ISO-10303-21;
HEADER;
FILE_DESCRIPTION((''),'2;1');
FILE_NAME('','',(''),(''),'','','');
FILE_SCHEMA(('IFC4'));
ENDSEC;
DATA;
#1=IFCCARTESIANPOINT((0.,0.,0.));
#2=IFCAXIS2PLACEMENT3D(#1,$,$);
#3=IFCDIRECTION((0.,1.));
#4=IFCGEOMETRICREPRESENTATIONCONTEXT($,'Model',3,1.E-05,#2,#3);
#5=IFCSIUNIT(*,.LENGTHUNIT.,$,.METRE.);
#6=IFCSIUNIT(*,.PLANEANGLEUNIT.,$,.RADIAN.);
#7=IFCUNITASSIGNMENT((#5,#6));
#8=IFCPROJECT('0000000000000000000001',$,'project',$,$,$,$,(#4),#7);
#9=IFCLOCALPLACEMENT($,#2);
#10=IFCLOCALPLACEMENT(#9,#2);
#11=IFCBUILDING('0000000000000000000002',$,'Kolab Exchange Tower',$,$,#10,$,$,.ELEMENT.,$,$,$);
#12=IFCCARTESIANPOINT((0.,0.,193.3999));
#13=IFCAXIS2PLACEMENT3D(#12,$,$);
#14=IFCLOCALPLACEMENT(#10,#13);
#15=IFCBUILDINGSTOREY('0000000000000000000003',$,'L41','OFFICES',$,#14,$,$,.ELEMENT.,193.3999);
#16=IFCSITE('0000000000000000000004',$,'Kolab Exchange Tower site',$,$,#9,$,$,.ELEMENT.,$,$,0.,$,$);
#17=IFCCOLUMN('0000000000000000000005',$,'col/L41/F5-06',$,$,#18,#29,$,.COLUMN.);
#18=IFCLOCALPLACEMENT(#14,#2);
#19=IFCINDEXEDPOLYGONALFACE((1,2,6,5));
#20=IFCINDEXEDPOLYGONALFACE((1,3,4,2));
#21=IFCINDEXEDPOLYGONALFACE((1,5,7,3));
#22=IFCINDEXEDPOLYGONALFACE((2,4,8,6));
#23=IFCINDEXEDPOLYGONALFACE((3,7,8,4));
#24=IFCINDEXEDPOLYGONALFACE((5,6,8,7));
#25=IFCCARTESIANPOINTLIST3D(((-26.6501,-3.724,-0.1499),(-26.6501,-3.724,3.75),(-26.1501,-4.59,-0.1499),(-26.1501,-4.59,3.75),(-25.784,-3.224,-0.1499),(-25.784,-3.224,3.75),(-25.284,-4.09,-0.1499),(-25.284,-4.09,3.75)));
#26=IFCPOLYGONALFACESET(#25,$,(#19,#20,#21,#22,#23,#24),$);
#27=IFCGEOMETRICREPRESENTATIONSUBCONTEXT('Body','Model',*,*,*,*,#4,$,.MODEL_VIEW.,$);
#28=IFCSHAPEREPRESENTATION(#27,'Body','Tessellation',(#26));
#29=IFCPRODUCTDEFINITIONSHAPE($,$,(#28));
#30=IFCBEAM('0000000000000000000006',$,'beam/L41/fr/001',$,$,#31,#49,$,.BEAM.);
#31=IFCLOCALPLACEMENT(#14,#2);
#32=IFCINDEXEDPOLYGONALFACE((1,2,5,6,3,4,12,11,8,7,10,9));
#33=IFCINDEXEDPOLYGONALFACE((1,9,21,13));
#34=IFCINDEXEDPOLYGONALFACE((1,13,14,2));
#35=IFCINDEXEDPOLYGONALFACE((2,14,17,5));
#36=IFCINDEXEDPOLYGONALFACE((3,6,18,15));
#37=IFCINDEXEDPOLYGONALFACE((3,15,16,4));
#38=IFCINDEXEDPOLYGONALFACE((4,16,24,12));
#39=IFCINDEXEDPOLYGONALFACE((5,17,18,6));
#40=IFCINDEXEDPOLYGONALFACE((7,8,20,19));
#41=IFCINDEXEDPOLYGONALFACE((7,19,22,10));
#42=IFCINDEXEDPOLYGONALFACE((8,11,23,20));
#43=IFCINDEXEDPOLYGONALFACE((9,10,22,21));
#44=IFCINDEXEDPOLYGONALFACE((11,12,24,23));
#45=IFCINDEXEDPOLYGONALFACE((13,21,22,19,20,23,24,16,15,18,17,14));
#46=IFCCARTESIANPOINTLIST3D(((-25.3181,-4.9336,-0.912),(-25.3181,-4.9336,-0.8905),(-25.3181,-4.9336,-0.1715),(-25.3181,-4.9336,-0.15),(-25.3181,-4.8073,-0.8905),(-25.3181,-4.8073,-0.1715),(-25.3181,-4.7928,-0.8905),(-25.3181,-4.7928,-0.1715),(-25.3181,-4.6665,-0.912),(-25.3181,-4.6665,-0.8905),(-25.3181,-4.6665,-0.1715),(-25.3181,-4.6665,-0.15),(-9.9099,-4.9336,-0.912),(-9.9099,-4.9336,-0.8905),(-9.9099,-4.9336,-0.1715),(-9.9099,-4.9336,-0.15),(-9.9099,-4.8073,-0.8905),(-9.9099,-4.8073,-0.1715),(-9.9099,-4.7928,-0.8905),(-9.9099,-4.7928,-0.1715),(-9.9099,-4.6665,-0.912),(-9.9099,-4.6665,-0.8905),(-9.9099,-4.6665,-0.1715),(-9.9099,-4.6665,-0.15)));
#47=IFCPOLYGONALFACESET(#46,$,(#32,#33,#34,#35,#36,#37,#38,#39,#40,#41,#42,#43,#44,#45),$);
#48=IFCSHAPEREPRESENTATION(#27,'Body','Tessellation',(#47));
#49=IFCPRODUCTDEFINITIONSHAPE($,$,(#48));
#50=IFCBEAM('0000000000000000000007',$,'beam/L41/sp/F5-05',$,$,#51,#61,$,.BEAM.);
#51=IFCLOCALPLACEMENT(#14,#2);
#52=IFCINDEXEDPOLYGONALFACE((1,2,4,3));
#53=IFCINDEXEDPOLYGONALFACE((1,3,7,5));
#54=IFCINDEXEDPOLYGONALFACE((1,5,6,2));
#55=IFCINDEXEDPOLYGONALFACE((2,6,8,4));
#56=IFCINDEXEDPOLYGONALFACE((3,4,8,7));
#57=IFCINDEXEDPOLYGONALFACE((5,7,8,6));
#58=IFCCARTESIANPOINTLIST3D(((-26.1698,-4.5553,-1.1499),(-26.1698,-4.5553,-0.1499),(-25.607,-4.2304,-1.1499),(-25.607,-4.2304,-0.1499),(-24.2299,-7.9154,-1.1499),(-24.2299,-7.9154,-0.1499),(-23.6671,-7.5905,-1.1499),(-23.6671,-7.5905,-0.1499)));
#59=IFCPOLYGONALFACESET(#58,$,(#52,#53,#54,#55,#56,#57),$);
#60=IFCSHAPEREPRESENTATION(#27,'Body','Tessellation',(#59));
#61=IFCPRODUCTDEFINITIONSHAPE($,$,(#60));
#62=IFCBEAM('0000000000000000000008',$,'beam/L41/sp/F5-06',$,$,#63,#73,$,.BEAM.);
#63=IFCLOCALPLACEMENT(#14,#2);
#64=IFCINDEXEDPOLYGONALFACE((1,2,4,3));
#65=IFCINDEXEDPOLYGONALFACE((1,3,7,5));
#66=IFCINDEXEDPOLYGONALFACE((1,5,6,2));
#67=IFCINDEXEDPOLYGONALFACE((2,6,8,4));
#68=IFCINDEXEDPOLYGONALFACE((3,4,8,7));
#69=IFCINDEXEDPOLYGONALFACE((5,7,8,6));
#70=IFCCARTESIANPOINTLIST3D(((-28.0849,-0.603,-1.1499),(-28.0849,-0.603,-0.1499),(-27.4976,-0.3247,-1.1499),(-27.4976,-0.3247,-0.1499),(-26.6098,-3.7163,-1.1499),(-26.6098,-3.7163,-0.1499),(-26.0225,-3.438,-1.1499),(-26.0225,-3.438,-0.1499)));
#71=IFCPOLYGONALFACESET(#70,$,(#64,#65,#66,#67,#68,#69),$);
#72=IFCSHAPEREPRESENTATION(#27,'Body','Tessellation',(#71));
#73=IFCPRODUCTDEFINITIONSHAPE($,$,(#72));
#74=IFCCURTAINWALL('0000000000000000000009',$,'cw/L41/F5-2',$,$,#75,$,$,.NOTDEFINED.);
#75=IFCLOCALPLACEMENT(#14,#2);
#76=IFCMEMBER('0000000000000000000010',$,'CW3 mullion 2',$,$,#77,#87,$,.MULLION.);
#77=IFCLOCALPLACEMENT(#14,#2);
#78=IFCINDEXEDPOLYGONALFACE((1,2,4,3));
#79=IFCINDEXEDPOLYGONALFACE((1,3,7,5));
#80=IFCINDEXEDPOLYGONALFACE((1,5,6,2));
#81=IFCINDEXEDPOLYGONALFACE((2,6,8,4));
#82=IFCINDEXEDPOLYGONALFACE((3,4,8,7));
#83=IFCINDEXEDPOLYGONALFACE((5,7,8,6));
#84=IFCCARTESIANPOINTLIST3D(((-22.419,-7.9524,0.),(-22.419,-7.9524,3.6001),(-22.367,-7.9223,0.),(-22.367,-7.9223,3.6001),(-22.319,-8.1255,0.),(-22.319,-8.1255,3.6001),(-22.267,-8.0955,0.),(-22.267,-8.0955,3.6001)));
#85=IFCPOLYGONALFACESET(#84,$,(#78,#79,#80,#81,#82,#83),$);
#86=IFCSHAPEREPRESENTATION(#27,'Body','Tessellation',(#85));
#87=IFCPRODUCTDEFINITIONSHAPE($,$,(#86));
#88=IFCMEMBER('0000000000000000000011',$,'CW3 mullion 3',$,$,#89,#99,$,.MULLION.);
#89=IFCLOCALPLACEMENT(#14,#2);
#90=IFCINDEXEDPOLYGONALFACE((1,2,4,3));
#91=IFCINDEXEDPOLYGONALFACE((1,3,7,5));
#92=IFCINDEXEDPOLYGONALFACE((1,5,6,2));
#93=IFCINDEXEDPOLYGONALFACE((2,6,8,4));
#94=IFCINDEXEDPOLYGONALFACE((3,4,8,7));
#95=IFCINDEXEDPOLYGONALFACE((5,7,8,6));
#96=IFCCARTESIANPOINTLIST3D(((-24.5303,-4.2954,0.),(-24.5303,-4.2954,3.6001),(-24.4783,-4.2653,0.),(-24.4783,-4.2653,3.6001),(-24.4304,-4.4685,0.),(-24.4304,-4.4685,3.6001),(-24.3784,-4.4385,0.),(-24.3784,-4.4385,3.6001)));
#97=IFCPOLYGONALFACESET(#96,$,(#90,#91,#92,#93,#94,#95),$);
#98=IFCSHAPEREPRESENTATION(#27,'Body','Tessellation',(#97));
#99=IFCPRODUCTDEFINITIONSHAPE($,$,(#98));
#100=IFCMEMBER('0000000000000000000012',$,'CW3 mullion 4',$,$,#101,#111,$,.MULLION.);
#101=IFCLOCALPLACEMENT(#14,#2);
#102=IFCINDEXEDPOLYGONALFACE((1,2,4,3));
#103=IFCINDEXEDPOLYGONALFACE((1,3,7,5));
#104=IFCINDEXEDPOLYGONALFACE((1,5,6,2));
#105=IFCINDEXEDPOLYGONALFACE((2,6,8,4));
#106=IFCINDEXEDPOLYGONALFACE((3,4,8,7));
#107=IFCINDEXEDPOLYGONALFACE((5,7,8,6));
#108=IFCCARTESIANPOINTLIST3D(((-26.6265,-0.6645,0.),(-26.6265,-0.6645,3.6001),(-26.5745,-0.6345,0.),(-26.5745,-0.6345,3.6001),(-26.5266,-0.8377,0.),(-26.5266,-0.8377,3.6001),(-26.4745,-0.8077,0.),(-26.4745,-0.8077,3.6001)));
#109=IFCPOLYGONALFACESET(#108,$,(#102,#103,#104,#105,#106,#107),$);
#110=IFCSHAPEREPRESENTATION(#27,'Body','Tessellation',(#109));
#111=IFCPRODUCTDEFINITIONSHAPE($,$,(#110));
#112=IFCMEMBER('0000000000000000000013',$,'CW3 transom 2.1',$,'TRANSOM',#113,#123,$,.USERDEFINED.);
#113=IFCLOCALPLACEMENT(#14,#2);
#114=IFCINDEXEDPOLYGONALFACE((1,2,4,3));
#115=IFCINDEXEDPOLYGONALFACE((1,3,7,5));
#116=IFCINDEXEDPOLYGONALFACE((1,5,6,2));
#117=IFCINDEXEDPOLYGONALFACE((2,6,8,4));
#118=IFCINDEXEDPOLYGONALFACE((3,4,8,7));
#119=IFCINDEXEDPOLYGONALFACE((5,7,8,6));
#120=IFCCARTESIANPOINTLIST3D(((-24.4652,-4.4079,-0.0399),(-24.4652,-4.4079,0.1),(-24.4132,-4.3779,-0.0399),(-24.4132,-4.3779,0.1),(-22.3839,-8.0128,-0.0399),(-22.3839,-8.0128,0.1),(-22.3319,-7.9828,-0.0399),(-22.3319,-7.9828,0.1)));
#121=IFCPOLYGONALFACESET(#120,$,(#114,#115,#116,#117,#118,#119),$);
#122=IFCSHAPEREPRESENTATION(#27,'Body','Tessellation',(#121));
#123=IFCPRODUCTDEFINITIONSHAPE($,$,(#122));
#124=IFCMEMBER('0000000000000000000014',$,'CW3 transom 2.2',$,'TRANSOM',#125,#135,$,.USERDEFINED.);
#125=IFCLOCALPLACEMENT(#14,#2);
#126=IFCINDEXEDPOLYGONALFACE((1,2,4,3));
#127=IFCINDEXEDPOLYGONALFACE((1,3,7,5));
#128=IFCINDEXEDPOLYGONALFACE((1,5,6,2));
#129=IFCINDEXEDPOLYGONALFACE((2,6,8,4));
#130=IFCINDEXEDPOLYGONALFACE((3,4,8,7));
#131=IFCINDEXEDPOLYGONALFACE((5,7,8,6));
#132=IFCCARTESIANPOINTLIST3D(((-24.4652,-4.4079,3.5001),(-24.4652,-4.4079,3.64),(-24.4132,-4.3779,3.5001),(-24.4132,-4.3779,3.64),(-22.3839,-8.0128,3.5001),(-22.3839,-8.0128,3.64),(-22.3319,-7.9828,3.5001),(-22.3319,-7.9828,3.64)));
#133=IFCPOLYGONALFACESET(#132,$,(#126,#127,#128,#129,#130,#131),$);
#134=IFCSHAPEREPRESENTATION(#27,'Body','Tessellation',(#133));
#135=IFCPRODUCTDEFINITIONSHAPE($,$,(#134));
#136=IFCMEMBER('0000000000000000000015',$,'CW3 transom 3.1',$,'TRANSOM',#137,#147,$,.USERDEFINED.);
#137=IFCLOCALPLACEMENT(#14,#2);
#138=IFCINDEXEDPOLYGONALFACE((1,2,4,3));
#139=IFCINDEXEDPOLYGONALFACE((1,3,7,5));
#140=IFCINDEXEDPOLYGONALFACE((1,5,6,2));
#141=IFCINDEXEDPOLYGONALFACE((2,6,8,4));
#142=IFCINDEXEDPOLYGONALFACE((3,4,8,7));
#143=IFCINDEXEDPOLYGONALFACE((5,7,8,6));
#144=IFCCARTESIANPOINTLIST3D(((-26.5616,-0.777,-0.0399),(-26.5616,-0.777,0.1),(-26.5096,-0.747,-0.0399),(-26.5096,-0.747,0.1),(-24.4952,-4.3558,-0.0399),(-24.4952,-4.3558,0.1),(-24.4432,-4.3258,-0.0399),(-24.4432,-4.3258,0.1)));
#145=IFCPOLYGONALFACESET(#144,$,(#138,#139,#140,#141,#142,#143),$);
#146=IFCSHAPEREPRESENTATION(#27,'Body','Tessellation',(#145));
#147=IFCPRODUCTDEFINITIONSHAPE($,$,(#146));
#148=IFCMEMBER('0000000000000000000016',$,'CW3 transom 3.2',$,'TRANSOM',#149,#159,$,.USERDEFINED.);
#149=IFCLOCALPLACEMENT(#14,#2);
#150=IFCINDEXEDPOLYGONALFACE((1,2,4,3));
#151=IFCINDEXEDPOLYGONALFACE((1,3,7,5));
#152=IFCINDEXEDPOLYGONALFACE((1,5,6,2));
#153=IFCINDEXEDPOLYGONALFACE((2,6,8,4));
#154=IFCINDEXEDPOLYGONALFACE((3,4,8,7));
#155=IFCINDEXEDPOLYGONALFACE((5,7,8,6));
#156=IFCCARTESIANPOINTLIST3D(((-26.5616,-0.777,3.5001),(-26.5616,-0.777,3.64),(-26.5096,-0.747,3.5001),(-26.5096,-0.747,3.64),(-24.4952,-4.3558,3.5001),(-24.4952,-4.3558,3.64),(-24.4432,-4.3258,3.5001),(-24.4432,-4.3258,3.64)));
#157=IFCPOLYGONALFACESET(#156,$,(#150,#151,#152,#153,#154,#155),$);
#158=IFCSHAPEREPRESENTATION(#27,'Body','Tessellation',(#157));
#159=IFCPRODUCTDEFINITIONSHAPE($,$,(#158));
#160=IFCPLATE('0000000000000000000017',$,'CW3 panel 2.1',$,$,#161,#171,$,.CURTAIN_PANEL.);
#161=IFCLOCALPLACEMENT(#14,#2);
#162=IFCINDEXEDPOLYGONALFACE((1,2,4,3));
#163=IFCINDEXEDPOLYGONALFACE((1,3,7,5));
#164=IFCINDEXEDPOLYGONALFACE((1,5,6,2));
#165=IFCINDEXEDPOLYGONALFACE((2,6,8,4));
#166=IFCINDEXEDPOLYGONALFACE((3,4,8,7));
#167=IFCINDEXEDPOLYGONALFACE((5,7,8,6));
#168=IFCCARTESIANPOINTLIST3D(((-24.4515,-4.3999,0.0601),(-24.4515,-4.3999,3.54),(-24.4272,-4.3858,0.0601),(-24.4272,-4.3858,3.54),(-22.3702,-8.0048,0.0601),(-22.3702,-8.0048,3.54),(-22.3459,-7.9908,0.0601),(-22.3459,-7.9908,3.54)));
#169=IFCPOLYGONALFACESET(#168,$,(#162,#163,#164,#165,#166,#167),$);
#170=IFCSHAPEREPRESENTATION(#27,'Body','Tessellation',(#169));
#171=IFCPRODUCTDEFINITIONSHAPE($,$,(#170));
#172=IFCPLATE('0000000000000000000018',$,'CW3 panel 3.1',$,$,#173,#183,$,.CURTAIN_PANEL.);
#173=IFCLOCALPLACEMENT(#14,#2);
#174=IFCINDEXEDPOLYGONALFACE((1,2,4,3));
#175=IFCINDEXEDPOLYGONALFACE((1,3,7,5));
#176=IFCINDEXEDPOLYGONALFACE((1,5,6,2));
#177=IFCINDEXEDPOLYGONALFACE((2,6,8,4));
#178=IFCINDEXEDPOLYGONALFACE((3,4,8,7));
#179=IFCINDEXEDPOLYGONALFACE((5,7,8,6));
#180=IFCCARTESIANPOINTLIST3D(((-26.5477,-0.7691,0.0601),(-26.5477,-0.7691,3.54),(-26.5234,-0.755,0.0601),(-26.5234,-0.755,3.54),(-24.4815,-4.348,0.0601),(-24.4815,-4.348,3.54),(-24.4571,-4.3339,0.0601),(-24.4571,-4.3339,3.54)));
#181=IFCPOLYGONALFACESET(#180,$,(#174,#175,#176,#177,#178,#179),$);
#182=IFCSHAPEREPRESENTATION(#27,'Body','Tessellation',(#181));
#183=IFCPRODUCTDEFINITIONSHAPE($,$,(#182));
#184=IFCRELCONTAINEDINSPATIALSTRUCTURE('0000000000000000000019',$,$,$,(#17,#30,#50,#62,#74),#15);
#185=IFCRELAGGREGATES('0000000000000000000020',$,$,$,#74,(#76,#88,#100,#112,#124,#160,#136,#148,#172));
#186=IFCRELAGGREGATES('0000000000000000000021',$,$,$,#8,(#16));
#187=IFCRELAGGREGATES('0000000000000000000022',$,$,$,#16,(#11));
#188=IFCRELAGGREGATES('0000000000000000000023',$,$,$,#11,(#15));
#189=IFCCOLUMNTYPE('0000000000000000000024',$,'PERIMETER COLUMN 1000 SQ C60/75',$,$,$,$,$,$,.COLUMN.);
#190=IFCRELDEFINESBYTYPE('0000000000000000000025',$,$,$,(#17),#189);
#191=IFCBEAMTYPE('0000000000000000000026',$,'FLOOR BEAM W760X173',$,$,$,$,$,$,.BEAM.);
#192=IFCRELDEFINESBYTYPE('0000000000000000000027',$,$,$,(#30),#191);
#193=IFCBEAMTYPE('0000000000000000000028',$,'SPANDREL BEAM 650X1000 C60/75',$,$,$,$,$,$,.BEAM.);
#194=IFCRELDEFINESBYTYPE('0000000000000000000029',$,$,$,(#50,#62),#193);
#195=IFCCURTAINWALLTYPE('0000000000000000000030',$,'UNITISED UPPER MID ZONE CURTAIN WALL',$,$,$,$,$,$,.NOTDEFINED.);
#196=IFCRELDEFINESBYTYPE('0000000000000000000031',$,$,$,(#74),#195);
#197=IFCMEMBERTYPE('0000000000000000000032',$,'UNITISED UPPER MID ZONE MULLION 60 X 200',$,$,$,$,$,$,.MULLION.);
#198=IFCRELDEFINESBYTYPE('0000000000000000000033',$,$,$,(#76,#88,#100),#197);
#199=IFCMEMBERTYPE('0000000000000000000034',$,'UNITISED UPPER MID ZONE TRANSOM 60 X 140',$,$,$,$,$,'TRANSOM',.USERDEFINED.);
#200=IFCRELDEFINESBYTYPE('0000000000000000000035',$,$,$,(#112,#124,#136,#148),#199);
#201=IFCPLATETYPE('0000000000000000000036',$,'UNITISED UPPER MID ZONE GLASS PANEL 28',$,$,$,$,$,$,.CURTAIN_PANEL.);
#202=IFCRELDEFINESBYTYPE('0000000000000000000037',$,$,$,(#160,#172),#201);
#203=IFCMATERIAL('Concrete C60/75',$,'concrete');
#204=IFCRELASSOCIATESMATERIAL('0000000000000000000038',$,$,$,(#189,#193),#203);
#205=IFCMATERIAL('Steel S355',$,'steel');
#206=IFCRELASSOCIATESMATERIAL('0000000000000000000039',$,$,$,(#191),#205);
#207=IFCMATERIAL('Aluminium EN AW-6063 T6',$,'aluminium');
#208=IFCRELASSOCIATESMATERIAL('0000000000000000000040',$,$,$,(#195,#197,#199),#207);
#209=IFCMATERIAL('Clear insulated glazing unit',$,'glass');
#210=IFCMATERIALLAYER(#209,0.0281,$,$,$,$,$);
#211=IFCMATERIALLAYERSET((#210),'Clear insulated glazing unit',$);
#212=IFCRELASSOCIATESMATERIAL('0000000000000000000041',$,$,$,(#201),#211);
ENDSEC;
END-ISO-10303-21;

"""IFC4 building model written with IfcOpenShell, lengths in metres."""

from ifc_helpers import new_model, si_unit, direction, frame, origin, origin_2d, place, context, subcontext, project, spatial, rectangle, i_section, extrude, material, layer, layer_set, material_profile, profile_set, type_object, element, aggregate, save


model = new_model("IFC4")

# Units and contexts
model_context = context("Model", 3, precision=1e-05, world=origin(), true_north=direction((0.0, 1.0)))
body_context = subcontext(model_context, "Body", "Model", "MODEL_VIEW")
ifc_project = project(units=[si_unit("LENGTHUNIT", "METRE"), si_unit("PLANEANGLEUNIT", "RADIAN")], contexts=[model_context])

# Site, building, storey
site_placement = place(None, origin())
site = spatial("IfcSite", under=ifc_project, at=site_placement, Name="Kolab Exchange Tower site", CompositionType="ELEMENT", RefElevation=0.0)
building_placement = place(site_placement, origin())
building = spatial("IfcBuilding", under=site, at=building_placement, Name="Kolab Exchange Tower", CompositionType="ELEMENT")
storey_placement = place(building_placement, frame((0.0, 0.0, 193.3999)))
storey = spatial("IfcBuildingStorey", under=building, at=storey_placement, Name="L41", Description="OFFICES", CompositionType="ELEMENT", Elevation=193.3999)

# Column
ifc_material_1 = material(Name="Concrete C60/75", Category="concrete")
ifc_material_profile_1 = material_profile(ifc_material_1, rectangle(XDim=1.0, YDim=1.0, at=origin_2d()), Name="RC1000")
ifc_profile_set_1 = profile_set([ifc_material_profile_1], Name="Concrete C60/75")
column_type = type_object("IfcColumnType", Name="PERIMETER COLUMN 1000 SQ C60/75", PredefinedType="COLUMN", material=ifc_profile_set_1)
column_placement = place(storey_placement, frame((-25.967, -3.907, -0.1499), z_axis=(0.0, 0.0, 1.0), x_axis=(0.866025, 0.5, 0.0)))
element("IfcColumn", 1, at=column_placement, inside=storey, type_object=column_type, Name="col/L41/F5-06", PredefinedType="COLUMN", context=body_context, shape_type="SweptSolid", body=[
    extrude(rectangle(XDim=1.0, YDim=1.0, at=origin_2d()), origin(), (0.0, 0.0, 1.0), 3.8999),
])

# Beams
ifc_material_2 = material(Name="Steel S355", Category="steel")
ifc_material_profile_2 = material_profile(ifc_material_2, i_section(OverallWidth=0.2671, OverallDepth=0.762, WebThickness=0.0144, FlangeThickness=0.0215, at=origin_2d()), Name="W760X173")
ifc_profile_set_2 = profile_set([ifc_material_profile_2], Name="Steel S355")
beam_type_1 = type_object("IfcBeamType", Name="FLOOR BEAM W760X173", PredefinedType="BEAM", material=ifc_profile_set_2)
beam_1_placement = place(storey_placement, frame((-25.3181, -4.8, -0.531), z_axis=(1.0, 0.0, 0.0), x_axis=(0.0, 1.0, 0.0)))
element("IfcBeam", 2, at=beam_1_placement, inside=storey, type_object=beam_type_1, Name="beam/L41/fr/001", PredefinedType="BEAM", context=body_context, shape_type="SweptSolid", body=[
    extrude(i_section(OverallWidth=0.2671, OverallDepth=0.762, WebThickness=0.0144, FlangeThickness=0.0215, at=origin_2d()), origin(), (0.0, 0.0, 1.0), 15.4082),
])
ifc_material_profile_3 = material_profile(ifc_material_1, rectangle(XDim=0.6499, YDim=1.0, at=origin_2d()), Name="RC650X1000")
ifc_profile_set_3 = profile_set([ifc_material_profile_3], Name="Concrete C60/75")
beam_type_2 = type_object("IfcBeamType", Name="SPANDREL BEAM 650X1000 C60/75", PredefinedType="BEAM", material=ifc_profile_set_3)
beam_2_placement = place(storey_placement, frame((-23.9485, -7.7529, -0.6499), z_axis=(-0.499997, 0.866027, 0.0), x_axis=(-0.866027, -0.499997, 0.0)))
element("IfcBeam", 3, at=beam_2_placement, inside=storey, type_object=beam_type_2, Name="beam/L41/sp/F5-05", PredefinedType="BEAM", context=body_context, shape_type="SweptSolid", body=[
    extrude(rectangle(XDim=0.6499, YDim=1.0, at=origin_2d()), origin(), (0.0, 0.0, 1.0), 3.8799),
])
beam_3_placement = place(storey_placement, frame((-26.3162, -3.5771, -0.6499), z_axis=(-0.428178, 0.903695, 0.0), x_axis=(-0.903695, -0.428178, 0.0)))
element("IfcBeam", 4, at=beam_3_placement, inside=storey, type_object=beam_type_2, Name="beam/L41/sp/F5-06", PredefinedType="BEAM", context=body_context, shape_type="SweptSolid", body=[
    extrude(rectangle(XDim=0.6499, YDim=1.0, at=origin_2d()), origin(), (0.0, 0.0, 1.0), 3.4451),
])

# Curtain wall, members, plates
ifc_material_3 = material(Name="Aluminium EN AW-6063 T6", Category="aluminium")
curtain_wall_type = type_object("IfcCurtainWallType", Name="UNITISED UPPER MID ZONE CURTAIN WALL", PredefinedType="NOTDEFINED", material=ifc_material_3)
curtain_wall_placement = place(storey_placement, origin())
curtain_wall = element("IfcCurtainWall", 5, at=curtain_wall_placement, inside=storey, type_object=curtain_wall_type, Name="cw/L41/F5-2", PredefinedType="NOTDEFINED")
ifc_material_profile_4 = material_profile(ifc_material_3, rectangle(XDim=0.0601, YDim=0.2, at=origin_2d()), Name="RECT 60X200")
ifc_profile_set_4 = profile_set([ifc_material_profile_4], Name="Aluminium EN AW-6063 T6")
member_type_1 = type_object("IfcMemberType", Name="UNITISED UPPER MID ZONE MULLION 60 X 200", PredefinedType="MULLION", material=ifc_profile_set_4)
member_1_placement = place(storey_placement, frame((-22.343, -8.0239, 0.0), z_axis=(0.0, 0.0, 1.0), x_axis=(-0.866025, -0.5, 0.0)))
member_1 = element("IfcMember", 6, at=member_1_placement, type_object=member_type_1, Name="CW3 mullion 2", PredefinedType="MULLION", context=body_context, shape_type="SweptSolid", body=[
    extrude(rectangle(XDim=0.0601, YDim=0.2, at=origin_2d()), origin(), (0.0, 0.0, 1.0), 3.6001),
])
member_2_placement = place(storey_placement, frame((-24.4543, -4.3669, 0.0), z_axis=(0.0, 0.0, 1.0), x_axis=(-0.866025, -0.5, 0.0)))
member_2 = element("IfcMember", 7, at=member_2_placement, type_object=member_type_1, Name="CW3 mullion 3", PredefinedType="MULLION", context=body_context, shape_type="SweptSolid", body=[
    extrude(rectangle(XDim=0.0601, YDim=0.2, at=origin_2d()), origin(), (0.0, 0.0, 1.0), 3.6001),
])
member_3_placement = place(storey_placement, frame((-26.5505, -0.7361, 0.0), z_axis=(0.0, 0.0, 1.0), x_axis=(-0.866025, -0.5, 0.0)))
member_3 = element("IfcMember", 8, at=member_3_placement, type_object=member_type_1, Name="CW3 mullion 4", PredefinedType="MULLION", context=body_context, shape_type="SweptSolid", body=[
    extrude(rectangle(XDim=0.0601, YDim=0.2, at=origin_2d()), origin(), (0.0, 0.0, 1.0), 3.6001),
])
ifc_material_profile_5 = material_profile(ifc_material_3, rectangle(XDim=0.0601, YDim=0.1399, at=origin_2d()), Name="RECT 60X140")
ifc_profile_set_5 = profile_set([ifc_material_profile_5], Name="Aluminium EN AW-6063 T6")
member_type_2 = type_object("IfcMemberType", Name="UNITISED UPPER MID ZONE TRANSOM 60 X 140", ElementType="TRANSOM", PredefinedType="USERDEFINED", material=ifc_profile_set_5)
member_4_placement = place(storey_placement, frame((-22.3579, -7.9978, 0.03), z_axis=(-0.499993, 0.866029, 0.0), x_axis=(-0.866029, -0.499993, 0.0)))
member_4 = element("IfcMember", 9, at=member_4_placement, type_object=member_type_2, Name="CW3 transom 2.1", ObjectType="TRANSOM", PredefinedType="USERDEFINED", context=body_context, shape_type="SweptSolid", body=[
    extrude(rectangle(XDim=0.0601, YDim=0.1399, at=origin_2d()), origin(), (0.0, 0.0, 1.0), 4.1626),
])
member_5_placement = place(storey_placement, frame((-22.3579, -7.9978, 3.5701), z_axis=(-0.499993, 0.866029, 0.0), x_axis=(-0.866029, -0.499993, 0.0)))
member_5 = element("IfcMember", 10, at=member_5_placement, type_object=member_type_2, Name="CW3 transom 2.2", ObjectType="TRANSOM", PredefinedType="USERDEFINED", context=body_context, shape_type="SweptSolid", body=[
    extrude(rectangle(XDim=0.0601, YDim=0.1399, at=origin_2d()), origin(), (0.0, 0.0, 1.0), 4.1626),
])
member_6_placement = place(storey_placement, frame((-24.4692, -4.3408, 0.03), z_axis=(-0.500028, 0.866009, 0.0), x_axis=(-0.866009, -0.500028, 0.0)))
member_6 = element("IfcMember", 11, at=member_6_placement, type_object=member_type_2, Name="CW3 transom 3.1", ObjectType="TRANSOM", PredefinedType="USERDEFINED", context=body_context, shape_type="SweptSolid", body=[
    extrude(rectangle(XDim=0.0601, YDim=0.1399, at=origin_2d()), origin(), (0.0, 0.0, 1.0), 4.1326),
])
member_7_placement = place(storey_placement, frame((-24.4692, -4.3408, 3.5701), z_axis=(-0.500028, 0.866009, 0.0), x_axis=(-0.866009, -0.500028, 0.0)))
member_7 = element("IfcMember", 12, at=member_7_placement, type_object=member_type_2, Name="CW3 transom 3.2", ObjectType="TRANSOM", PredefinedType="USERDEFINED", context=body_context, shape_type="SweptSolid", body=[
    extrude(rectangle(XDim=0.0601, YDim=0.1399, at=origin_2d()), origin(), (0.0, 0.0, 1.0), 4.1326),
])
ifc_material_4 = material(Name="Clear insulated glazing unit", Category="glass")
ifc_layer = layer(ifc_material_4, 0.0281)
ifc_layer_set = layer_set([ifc_layer], Name="Clear insulated glazing unit")
plate_type = type_object("IfcPlateType", Name="UNITISED UPPER MID ZONE GLASS PANEL 28", PredefinedType="CURTAIN_PANEL", material=ifc_layer_set)
plate_1_placement = place(storey_placement, frame((-23.3987, -6.1953, 0.0601), z_axis=(0.0, 0.0, 1.0), x_axis=(-0.5, 0.866025, 0.0)))
plate_1 = element("IfcPlate", 13, at=plate_1_placement, type_object=plate_type, Name="CW3 panel 2.1", PredefinedType="CURTAIN_PANEL", context=body_context, shape_type="SweptSolid", body=[
    extrude(rectangle(XDim=4.1626, YDim=0.0281, at=origin_2d()), origin(), (0.0, 0.0, 1.0), 3.48),
])
plate_2_placement = place(storey_placement, frame((-25.5024, -2.5515, 0.0601), z_axis=(0.0, 0.0, 1.0), x_axis=(-0.5, 0.866025, 0.0)))
plate_2 = element("IfcPlate", 14, at=plate_2_placement, type_object=plate_type, Name="CW3 panel 3.1", PredefinedType="CURTAIN_PANEL", context=body_context, shape_type="SweptSolid", body=[
    extrude(rectangle(XDim=4.1326, YDim=0.0281, at=origin_2d()), origin(), (0.0, 0.0, 1.0), 3.48),
])
aggregate(curtain_wall, [member_1, member_2, member_3, member_4, member_5, plate_1, member_6, member_7, plate_2])

save(model, "model.ifc")
